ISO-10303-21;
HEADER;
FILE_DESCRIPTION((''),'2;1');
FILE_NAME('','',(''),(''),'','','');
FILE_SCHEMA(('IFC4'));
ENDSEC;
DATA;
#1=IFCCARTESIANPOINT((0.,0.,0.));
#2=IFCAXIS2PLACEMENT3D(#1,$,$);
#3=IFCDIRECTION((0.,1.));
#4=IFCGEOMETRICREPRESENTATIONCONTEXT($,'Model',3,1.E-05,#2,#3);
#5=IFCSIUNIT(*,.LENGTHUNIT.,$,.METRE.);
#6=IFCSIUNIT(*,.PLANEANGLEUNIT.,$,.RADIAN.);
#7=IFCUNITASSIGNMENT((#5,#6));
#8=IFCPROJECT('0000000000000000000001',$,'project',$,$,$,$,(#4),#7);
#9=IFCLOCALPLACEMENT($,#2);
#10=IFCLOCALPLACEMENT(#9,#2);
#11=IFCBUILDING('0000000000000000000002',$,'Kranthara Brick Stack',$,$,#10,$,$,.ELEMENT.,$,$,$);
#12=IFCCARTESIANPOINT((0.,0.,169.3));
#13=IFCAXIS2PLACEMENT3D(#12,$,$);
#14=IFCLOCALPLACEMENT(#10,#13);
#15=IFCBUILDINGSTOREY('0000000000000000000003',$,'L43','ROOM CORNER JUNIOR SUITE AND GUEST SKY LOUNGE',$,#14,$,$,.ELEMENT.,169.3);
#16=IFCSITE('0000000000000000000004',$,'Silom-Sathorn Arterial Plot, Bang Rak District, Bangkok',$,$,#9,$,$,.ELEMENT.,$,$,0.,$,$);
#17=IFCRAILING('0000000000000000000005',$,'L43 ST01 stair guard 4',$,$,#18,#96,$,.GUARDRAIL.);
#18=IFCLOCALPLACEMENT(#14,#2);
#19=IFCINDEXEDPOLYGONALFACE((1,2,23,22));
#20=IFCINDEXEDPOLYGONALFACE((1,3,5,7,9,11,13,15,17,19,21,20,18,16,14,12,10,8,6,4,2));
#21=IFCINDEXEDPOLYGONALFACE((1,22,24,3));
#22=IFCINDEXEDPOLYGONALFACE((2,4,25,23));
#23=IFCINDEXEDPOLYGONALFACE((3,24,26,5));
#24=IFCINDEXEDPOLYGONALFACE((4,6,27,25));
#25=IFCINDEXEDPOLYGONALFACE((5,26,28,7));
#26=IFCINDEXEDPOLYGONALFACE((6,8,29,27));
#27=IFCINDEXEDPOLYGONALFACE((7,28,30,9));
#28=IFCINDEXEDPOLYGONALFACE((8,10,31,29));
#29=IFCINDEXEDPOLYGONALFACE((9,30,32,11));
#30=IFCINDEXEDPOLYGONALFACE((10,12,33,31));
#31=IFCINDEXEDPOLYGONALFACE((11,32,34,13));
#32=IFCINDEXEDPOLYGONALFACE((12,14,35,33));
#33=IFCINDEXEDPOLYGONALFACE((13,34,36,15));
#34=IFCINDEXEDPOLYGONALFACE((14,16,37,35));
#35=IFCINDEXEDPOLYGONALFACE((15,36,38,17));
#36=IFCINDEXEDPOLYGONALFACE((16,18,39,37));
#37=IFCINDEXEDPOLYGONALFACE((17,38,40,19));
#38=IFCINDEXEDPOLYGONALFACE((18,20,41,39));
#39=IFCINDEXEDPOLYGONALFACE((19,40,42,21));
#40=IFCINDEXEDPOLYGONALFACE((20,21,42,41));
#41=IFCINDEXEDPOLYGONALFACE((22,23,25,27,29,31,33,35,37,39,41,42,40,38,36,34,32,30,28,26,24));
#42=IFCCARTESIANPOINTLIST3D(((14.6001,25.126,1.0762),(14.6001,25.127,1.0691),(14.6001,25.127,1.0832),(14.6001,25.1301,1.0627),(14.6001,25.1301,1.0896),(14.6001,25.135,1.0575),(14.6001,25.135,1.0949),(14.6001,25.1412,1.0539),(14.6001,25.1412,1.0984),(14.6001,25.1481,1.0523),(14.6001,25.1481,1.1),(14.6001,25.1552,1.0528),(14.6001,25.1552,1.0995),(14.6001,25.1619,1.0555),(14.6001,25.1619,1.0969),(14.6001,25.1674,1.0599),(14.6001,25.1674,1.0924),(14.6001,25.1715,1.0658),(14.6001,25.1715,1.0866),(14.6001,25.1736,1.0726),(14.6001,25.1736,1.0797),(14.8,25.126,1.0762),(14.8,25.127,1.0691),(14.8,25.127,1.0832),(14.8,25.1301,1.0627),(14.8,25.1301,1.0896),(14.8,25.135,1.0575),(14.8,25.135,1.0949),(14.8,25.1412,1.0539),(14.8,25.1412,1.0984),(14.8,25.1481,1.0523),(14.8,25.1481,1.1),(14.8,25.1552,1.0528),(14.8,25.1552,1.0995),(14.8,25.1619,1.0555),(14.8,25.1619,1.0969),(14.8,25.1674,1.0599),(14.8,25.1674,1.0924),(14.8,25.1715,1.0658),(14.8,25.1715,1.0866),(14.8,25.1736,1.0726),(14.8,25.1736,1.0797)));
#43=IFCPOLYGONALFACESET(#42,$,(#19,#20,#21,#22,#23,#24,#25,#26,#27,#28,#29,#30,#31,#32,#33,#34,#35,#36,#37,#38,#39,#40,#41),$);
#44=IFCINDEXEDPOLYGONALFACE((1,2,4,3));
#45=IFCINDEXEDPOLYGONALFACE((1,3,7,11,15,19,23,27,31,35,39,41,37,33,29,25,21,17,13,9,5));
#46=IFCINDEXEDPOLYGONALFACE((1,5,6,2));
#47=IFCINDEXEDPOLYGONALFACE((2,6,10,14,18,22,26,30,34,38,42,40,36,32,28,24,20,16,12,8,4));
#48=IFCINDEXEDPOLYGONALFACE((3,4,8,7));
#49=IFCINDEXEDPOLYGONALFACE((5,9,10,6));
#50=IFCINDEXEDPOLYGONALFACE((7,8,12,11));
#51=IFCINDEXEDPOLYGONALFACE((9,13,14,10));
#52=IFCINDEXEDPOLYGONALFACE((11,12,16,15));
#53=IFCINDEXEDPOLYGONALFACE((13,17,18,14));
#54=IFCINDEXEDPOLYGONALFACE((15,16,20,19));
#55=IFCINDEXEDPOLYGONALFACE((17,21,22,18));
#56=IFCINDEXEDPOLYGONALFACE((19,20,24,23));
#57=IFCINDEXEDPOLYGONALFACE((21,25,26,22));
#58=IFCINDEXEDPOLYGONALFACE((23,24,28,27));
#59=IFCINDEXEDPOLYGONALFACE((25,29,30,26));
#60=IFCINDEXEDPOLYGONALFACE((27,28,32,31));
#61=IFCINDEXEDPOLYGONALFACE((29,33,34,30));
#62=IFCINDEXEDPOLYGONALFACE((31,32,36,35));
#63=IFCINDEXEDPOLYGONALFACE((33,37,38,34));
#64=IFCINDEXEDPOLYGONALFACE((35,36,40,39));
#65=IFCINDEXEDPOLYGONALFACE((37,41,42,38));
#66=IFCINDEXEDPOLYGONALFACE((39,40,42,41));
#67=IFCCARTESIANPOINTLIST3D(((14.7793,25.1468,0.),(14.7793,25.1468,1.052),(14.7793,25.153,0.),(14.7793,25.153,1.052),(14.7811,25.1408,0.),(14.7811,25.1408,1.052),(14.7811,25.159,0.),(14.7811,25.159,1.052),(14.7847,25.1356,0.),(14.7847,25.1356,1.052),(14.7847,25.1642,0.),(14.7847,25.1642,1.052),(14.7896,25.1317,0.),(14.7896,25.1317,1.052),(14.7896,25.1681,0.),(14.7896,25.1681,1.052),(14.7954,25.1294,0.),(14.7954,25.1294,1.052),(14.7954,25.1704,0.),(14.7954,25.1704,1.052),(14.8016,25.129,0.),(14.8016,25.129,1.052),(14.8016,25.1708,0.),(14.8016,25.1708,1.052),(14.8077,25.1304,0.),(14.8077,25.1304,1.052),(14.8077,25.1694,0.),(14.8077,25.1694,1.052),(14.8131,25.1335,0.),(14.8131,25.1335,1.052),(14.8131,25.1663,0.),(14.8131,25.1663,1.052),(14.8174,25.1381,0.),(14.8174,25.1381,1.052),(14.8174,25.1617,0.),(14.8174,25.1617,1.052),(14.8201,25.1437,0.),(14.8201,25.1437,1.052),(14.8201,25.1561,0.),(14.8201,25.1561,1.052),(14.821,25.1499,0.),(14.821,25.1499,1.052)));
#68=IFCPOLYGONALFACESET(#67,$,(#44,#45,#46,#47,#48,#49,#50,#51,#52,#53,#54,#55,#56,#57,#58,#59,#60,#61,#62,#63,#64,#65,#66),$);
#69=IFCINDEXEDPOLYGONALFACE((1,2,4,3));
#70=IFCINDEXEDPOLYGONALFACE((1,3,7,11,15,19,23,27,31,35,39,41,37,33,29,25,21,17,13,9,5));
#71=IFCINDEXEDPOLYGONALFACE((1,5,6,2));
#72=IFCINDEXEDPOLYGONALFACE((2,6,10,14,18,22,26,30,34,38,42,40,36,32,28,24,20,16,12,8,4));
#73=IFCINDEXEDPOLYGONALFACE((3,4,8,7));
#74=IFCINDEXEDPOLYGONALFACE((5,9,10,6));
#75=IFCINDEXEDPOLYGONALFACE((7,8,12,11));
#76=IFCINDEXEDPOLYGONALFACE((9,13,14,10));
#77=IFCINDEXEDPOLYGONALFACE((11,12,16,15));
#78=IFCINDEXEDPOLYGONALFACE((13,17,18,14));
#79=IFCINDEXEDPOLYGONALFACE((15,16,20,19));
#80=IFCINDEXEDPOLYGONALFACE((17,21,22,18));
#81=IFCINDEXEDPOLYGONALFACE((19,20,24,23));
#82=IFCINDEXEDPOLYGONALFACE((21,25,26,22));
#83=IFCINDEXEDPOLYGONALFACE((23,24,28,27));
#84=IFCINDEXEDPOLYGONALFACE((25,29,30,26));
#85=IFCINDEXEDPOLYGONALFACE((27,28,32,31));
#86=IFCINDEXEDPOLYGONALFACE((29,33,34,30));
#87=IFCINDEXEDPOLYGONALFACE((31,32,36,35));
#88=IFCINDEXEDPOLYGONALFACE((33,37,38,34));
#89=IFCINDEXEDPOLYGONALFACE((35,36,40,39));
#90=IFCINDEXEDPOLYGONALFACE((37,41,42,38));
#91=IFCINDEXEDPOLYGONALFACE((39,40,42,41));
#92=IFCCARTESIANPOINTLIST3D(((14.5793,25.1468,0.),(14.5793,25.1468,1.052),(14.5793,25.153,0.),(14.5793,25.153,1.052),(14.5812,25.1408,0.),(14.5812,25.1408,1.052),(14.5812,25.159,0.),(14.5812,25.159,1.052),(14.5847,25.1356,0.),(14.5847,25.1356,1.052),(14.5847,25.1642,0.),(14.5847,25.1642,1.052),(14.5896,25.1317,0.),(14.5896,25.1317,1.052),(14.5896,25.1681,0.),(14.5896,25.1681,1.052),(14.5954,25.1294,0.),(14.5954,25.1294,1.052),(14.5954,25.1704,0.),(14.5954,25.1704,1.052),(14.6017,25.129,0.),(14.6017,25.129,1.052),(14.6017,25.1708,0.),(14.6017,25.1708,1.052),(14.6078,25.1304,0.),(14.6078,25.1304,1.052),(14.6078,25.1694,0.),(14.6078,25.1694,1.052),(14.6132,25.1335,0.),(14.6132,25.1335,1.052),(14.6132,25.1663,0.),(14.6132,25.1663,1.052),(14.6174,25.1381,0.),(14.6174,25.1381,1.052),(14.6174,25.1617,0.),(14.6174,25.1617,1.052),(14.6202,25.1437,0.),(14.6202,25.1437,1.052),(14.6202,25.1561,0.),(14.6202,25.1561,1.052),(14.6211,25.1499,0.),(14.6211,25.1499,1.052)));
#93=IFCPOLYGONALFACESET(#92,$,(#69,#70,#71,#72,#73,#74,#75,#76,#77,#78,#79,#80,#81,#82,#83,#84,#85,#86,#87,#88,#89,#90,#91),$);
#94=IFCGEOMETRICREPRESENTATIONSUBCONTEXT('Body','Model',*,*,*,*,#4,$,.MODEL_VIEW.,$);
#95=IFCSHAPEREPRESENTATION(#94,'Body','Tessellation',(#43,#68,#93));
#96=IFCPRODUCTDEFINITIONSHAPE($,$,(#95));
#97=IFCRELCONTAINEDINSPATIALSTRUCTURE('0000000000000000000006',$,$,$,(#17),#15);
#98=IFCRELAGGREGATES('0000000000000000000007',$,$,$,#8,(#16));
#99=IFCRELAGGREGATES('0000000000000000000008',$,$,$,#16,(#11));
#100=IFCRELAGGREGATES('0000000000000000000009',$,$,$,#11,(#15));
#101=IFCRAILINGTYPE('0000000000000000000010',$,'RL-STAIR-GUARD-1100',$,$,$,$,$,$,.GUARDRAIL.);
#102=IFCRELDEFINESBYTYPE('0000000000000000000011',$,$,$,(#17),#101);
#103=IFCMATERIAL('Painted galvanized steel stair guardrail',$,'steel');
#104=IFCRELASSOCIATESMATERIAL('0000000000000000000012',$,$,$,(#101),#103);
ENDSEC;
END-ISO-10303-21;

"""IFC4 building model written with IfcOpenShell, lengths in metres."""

from ifc_helpers import new_model, si_unit, direction, frame, origin, origin_2d, place, context, subcontext, project, spatial, circle, extrude, material, type_object, element, save


model = new_model("IFC4")

# Units and contexts
model_context = context("Model", 3, precision=1e-05, world=origin(), true_north=direction((0.0, 1.0)))
body_context = subcontext(model_context, "Body", "Model", "MODEL_VIEW")
ifc_project = project(units=[si_unit("LENGTHUNIT", "METRE"), si_unit("PLANEANGLEUNIT", "RADIAN")], contexts=[model_context])

# Site, building, storey
site_placement = place(None, origin())
site = spatial("IfcSite", under=ifc_project, at=site_placement, Name="Silom-Sathorn Arterial Plot, Bang Rak District, Bangkok", CompositionType="ELEMENT", RefElevation=0.0)
building_placement = place(site_placement, origin())
building = spatial("IfcBuilding", under=site, at=building_placement, Name="Kranthara Brick Stack", CompositionType="ELEMENT")
storey_placement = place(building_placement, frame((0.0, 0.0, 169.3)))
storey = spatial("IfcBuildingStorey", under=building, at=storey_placement, Name="L43", Description="ROOM CORNER JUNIOR SUITE AND GUEST SKY LOUNGE", CompositionType="ELEMENT", Elevation=169.3)

# Railing
ifc_material_1 = material(Name="Painted galvanized steel stair guardrail", Category="steel")
railing_type_1 = type_object("IfcRailingType", Name="RL-STAIR-GUARD-1100", PredefinedType="GUARDRAIL", material=ifc_material_1)
railing_1_placement = place(storey_placement, frame((14.8, 25.1499, 0.0)))
element("IfcRailing", 1, at=railing_1_placement, inside=storey, type_object=railing_type_1, Name="L43 ST01 stair guard 4", PredefinedType="GUARDRAIL", context=body_context, shape_type="SweptSolid", body=[
    extrude(circle(Radius=0.0239, at=origin_2d()), frame((0.0, 0.0, 1.0762), z_axis=(-1.0, 0.0, 0.0), x_axis=(0.0, -1.0, 0.0)), (0.0, 0.0, 1.0), 0.2),
    extrude(circle(Radius=0.021, at=origin_2d()), origin(), (0.0, 0.0, 1.0), 1.052),
    extrude(circle(Radius=0.021, at=origin_2d()), frame((-0.2, 0.0, 0.0)), (0.0, 0.0, 1.0), 1.052),
])

save(model, "model.ifc")
